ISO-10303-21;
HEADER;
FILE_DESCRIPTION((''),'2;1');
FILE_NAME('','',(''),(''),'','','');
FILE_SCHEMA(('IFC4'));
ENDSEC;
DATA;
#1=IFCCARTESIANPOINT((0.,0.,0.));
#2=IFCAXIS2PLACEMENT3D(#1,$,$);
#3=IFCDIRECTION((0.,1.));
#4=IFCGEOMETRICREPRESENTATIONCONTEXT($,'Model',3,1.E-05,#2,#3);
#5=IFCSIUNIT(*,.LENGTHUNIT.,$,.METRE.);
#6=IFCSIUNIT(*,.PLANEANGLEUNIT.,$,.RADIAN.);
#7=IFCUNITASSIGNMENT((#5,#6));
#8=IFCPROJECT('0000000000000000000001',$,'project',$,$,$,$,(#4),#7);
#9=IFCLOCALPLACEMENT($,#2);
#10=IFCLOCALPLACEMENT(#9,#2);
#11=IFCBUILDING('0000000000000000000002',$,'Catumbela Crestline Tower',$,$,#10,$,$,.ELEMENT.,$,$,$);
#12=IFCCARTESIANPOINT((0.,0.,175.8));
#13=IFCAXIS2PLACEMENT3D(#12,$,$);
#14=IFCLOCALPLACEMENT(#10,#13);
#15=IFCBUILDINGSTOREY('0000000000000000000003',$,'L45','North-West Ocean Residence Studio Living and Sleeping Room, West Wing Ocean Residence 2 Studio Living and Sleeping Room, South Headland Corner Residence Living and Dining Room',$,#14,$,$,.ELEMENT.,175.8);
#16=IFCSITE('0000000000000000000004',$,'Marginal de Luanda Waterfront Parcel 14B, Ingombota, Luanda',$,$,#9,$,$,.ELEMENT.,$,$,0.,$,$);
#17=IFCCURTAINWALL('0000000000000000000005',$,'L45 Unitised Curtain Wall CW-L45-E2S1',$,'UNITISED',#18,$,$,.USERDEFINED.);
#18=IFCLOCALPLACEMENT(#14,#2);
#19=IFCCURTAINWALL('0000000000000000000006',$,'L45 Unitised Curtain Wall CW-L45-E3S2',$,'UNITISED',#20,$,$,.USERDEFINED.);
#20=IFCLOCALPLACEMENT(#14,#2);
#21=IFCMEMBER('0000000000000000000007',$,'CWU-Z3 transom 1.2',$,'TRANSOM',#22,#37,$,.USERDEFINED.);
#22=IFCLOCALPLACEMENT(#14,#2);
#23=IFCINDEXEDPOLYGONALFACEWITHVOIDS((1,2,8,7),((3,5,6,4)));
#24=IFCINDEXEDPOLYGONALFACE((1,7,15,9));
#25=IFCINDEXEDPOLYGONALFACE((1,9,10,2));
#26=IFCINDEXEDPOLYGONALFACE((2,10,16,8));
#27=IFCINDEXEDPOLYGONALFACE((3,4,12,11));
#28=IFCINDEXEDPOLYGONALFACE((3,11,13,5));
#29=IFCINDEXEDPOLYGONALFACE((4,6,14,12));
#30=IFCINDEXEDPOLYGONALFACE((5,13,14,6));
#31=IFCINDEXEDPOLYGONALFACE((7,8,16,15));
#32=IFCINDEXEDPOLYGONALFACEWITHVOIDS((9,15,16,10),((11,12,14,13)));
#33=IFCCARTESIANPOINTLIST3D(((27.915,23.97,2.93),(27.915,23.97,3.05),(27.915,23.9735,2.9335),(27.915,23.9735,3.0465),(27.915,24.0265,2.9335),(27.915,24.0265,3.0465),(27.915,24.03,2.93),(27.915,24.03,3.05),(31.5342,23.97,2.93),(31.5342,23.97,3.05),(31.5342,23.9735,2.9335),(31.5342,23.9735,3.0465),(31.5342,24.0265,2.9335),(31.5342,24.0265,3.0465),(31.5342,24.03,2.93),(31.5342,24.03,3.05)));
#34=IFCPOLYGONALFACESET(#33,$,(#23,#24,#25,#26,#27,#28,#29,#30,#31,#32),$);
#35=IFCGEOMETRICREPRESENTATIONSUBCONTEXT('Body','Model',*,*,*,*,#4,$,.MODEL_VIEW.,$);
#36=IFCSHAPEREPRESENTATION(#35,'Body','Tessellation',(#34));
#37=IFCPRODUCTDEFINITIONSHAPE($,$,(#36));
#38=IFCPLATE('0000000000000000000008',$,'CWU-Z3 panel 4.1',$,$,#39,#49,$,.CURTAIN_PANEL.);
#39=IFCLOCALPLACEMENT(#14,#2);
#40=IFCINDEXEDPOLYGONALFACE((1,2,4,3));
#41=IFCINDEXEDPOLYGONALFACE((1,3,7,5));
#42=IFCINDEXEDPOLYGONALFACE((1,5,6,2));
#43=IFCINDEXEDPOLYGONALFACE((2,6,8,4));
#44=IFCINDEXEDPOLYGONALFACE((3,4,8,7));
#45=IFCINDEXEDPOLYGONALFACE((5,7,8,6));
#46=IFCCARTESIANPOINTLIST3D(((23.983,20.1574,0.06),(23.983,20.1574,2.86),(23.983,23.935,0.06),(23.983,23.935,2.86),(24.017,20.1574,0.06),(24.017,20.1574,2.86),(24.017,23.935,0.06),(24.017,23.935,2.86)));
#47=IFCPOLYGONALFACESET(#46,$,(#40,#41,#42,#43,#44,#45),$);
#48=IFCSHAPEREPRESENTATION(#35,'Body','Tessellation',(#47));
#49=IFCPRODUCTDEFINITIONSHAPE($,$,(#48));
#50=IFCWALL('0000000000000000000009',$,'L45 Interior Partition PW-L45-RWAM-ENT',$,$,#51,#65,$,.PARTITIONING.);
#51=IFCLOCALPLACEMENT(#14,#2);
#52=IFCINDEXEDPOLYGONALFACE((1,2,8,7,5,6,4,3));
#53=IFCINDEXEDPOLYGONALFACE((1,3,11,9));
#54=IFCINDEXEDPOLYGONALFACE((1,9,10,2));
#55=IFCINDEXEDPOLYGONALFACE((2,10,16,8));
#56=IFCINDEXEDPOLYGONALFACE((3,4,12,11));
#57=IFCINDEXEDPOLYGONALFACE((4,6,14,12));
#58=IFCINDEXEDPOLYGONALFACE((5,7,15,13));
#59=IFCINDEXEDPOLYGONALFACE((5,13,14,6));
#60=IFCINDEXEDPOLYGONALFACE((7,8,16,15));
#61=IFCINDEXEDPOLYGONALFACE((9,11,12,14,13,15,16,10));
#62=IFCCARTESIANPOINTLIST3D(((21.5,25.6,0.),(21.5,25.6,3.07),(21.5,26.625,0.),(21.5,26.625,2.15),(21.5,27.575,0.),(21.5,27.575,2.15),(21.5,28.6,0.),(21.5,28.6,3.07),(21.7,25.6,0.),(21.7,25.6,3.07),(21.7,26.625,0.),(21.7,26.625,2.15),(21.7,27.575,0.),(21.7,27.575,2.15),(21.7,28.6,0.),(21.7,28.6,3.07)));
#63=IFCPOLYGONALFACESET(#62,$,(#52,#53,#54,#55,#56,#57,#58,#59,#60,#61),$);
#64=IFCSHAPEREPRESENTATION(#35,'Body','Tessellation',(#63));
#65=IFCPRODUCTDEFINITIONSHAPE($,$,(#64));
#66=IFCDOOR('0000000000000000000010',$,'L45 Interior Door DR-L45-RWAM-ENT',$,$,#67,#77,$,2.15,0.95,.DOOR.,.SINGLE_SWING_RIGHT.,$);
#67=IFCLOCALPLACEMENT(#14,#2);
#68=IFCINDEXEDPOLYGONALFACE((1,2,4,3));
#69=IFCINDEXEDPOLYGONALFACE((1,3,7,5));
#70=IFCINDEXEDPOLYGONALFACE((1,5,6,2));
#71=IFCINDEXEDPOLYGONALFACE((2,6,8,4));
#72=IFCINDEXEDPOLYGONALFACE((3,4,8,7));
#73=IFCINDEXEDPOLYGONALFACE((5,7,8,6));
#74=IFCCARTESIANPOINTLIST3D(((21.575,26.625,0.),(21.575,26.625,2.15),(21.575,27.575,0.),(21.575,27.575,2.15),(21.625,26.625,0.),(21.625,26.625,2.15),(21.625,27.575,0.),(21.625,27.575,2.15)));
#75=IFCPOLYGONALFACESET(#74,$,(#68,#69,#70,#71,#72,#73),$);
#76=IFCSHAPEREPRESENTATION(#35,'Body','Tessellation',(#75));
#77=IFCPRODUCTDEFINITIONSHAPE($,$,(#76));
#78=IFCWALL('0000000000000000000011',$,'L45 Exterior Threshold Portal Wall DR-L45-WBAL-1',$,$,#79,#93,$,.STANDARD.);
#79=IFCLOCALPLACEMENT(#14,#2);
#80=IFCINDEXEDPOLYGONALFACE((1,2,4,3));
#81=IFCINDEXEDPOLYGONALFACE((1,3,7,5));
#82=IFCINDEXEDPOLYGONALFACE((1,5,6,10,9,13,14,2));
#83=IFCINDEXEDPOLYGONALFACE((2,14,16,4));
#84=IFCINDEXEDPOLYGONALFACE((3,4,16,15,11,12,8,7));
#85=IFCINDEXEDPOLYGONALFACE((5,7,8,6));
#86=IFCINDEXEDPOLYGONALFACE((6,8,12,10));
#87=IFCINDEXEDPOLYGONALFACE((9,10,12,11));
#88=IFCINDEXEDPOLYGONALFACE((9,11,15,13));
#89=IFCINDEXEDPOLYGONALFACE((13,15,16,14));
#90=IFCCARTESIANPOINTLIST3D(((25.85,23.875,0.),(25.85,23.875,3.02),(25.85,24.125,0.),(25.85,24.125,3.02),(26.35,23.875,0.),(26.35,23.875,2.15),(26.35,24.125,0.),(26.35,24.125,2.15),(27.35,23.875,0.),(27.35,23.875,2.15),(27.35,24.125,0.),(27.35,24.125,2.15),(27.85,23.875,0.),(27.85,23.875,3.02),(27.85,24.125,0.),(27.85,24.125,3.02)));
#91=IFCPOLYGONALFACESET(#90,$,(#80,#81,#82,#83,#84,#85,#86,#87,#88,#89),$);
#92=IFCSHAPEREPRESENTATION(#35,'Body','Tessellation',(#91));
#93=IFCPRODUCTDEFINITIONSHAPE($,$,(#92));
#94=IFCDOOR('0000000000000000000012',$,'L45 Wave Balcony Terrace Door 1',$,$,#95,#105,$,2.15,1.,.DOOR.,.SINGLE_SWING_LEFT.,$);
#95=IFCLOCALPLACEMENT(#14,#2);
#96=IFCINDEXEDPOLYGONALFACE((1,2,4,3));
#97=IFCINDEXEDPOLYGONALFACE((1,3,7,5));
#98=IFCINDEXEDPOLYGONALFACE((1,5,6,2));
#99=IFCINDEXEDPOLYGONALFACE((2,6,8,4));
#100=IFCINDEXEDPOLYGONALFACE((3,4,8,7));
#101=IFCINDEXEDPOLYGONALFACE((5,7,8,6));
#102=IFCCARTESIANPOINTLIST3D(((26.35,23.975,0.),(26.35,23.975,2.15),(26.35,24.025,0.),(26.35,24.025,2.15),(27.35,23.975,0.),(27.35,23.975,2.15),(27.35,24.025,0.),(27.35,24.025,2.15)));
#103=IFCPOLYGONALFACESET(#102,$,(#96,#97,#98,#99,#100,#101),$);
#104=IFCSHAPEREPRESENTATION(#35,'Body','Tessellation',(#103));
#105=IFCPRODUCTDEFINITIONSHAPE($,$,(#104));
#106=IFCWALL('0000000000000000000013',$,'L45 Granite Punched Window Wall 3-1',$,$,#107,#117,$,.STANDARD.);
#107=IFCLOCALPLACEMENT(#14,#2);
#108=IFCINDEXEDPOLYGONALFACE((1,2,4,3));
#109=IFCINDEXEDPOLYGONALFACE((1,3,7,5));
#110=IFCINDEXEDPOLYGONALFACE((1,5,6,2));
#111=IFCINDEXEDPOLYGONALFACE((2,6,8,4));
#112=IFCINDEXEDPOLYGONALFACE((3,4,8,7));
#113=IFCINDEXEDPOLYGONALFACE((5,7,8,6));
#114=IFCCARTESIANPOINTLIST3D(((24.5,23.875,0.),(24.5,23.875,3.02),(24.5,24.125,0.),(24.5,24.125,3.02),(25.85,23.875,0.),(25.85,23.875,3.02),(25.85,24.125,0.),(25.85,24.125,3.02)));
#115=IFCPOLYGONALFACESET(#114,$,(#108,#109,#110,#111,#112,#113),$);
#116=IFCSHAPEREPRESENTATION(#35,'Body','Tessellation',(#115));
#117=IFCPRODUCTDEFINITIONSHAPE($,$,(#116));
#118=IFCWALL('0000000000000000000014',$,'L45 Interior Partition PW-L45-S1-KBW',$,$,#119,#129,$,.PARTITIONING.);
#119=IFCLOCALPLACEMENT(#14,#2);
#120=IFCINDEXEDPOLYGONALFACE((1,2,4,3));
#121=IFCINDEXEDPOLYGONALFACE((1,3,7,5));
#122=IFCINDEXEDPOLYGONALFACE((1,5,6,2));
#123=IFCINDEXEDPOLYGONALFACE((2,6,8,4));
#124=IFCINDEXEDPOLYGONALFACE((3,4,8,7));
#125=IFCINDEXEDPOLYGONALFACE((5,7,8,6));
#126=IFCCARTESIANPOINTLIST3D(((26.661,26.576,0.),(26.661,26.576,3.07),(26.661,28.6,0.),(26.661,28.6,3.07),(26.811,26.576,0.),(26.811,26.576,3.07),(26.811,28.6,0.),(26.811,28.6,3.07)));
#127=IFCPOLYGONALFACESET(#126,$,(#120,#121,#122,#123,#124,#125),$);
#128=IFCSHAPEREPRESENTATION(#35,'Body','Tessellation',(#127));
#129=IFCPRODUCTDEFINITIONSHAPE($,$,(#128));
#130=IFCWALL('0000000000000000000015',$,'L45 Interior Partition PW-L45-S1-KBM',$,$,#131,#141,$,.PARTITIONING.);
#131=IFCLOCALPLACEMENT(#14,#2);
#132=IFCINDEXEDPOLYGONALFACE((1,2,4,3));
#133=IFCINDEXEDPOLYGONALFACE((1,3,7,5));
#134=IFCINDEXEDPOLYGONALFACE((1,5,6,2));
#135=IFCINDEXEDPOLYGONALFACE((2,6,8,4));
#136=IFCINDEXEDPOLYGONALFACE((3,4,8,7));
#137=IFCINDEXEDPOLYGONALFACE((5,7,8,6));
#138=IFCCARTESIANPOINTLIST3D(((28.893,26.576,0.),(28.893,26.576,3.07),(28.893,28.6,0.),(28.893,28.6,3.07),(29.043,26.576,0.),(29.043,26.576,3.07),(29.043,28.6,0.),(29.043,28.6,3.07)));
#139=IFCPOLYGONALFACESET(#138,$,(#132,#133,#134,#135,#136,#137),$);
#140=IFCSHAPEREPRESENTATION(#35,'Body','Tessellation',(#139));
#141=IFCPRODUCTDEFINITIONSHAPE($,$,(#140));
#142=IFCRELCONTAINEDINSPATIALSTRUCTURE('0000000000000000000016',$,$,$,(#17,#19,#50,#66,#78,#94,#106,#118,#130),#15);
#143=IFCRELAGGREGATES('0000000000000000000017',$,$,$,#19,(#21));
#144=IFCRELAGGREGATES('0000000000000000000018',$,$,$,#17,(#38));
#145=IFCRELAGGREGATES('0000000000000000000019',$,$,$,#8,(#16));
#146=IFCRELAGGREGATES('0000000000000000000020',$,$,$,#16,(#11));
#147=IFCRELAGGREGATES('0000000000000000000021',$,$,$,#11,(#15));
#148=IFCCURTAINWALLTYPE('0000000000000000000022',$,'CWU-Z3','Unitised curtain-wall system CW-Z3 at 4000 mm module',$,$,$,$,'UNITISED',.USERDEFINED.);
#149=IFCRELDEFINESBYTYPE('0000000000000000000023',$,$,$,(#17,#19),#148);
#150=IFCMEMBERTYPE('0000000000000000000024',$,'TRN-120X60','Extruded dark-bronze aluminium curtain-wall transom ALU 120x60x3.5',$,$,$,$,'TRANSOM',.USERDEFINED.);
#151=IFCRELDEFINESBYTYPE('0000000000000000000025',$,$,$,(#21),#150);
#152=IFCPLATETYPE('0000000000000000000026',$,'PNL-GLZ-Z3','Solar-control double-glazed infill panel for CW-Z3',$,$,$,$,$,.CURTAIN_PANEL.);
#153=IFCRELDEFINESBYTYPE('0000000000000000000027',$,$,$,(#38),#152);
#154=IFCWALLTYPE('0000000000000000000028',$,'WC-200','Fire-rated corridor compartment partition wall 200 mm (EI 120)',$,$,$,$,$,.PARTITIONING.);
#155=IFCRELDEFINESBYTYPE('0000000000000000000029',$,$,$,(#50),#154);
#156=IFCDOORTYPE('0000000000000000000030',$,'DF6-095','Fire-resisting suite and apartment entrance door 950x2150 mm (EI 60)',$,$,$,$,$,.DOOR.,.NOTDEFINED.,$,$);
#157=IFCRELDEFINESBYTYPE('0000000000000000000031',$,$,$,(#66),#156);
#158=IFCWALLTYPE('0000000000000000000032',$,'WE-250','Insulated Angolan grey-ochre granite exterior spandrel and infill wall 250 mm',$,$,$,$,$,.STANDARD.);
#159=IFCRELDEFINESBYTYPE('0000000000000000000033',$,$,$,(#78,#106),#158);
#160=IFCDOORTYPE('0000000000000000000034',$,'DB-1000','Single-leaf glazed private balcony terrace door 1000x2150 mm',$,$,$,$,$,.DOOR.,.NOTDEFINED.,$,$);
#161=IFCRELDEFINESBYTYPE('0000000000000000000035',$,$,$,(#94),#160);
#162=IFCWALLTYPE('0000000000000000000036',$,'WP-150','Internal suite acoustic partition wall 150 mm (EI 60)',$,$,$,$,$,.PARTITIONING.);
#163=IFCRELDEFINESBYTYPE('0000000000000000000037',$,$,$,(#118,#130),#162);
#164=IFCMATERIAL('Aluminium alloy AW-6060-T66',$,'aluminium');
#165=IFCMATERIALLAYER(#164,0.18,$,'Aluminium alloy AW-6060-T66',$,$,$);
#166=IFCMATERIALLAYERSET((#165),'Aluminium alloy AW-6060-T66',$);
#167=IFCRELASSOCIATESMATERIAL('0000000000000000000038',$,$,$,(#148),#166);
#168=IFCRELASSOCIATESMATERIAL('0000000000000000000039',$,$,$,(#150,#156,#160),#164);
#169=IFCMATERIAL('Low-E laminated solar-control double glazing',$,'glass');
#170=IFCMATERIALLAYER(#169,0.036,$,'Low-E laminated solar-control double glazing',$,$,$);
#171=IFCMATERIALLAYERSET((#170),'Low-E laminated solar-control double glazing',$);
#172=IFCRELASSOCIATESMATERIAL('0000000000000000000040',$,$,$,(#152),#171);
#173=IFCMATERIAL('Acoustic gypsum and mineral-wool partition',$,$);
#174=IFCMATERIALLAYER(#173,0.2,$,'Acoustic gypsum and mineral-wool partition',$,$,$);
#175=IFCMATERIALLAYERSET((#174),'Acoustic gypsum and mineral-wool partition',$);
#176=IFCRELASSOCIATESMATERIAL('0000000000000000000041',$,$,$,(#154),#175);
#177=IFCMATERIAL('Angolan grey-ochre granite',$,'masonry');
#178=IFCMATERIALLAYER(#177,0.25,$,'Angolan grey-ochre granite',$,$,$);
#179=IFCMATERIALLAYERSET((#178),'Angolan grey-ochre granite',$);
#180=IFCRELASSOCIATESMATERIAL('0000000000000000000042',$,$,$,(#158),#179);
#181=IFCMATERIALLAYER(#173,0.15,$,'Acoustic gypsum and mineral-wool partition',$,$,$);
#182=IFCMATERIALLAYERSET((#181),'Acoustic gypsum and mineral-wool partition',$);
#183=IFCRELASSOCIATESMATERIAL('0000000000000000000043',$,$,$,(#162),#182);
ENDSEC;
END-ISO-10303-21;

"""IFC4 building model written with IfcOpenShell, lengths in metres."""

from ifc_helpers import new_model, si_unit, direction, frame, frame_2d, origin, origin_2d, place, context, subcontext, project, spatial, rectangle, hollow_rectangle, extrude, material, layer, layer_set, material_profile, profile_set, type_object, element, fill, aggregate, save


model = new_model("IFC4")

# Units and contexts
model_context = context("Model", 3, precision=1e-05, world=origin(), true_north=direction((0.0, 1.0)))
body_context = subcontext(model_context, "Body", "Model", "MODEL_VIEW")
ifc_project = project(units=[si_unit("LENGTHUNIT", "METRE"), si_unit("PLANEANGLEUNIT", "RADIAN")], contexts=[model_context])

# Site, building, storey
site_placement = place(None, origin())
site = spatial("IfcSite", under=ifc_project, at=site_placement, Name="Marginal de Luanda Waterfront Parcel 14B, Ingombota, Luanda", CompositionType="ELEMENT", RefElevation=0.0)
building_placement = place(site_placement, origin())
building = spatial("IfcBuilding", under=site, at=building_placement, Name="Catumbela Crestline Tower", CompositionType="ELEMENT")
storey_placement = place(building_placement, frame((0.0, 0.0, 175.8)))
storey = spatial("IfcBuildingStorey", under=building, at=storey_placement, Name="L45", Description="North-West Ocean Residence Studio Living and Sleeping Room, West Wing Ocean Residence 2 Studio Living and Sleeping Room, South Headland Corner Residence Living and Dining Room", CompositionType="ELEMENT", Elevation=175.8)

# Curtain walls
ifc_material_1 = material(Name="Aluminium alloy AW-6060-T66", Category="aluminium")
ifc_layer_1 = layer(ifc_material_1, 0.18, Name="Aluminium alloy AW-6060-T66")
ifc_layer_set_1 = layer_set([ifc_layer_1], Name="Aluminium alloy AW-6060-T66")
curtain_wall_type = type_object("IfcCurtainWallType", Name="CWU-Z3", Description="Unitised curtain-wall system CW-Z3 at 4000 mm module", ElementType="UNITISED", PredefinedType="USERDEFINED", material=ifc_layer_set_1)
curtain_wall_1_placement = place(storey_placement, origin())
curtain_wall_1 = element("IfcCurtainWall", 1, at=curtain_wall_1_placement, inside=storey, type_object=curtain_wall_type, Name="L45 Unitised Curtain Wall CW-L45-E2S1", ObjectType="UNITISED", PredefinedType="USERDEFINED")
curtain_wall_2_placement = place(storey_placement, origin())
curtain_wall_2 = element("IfcCurtainWall", 2, at=curtain_wall_2_placement, inside=storey, type_object=curtain_wall_type, Name="L45 Unitised Curtain Wall CW-L45-E3S2", ObjectType="UNITISED", PredefinedType="USERDEFINED")

# Member
ifc_material_profile_1 = material_profile(ifc_material_1, hollow_rectangle(XDim=0.06, YDim=0.12, WallThickness=0.0035, at=origin_2d()), Name="ALU 120x60x3.5")
ifc_profile_set_1 = profile_set([ifc_material_profile_1], Name="Aluminium alloy AW-6060-T66")
member_type_1 = type_object("IfcMemberType", Name="TRN-120X60", Description="Extruded dark-bronze aluminium curtain-wall transom ALU 120x60x3.5", ElementType="TRANSOM", PredefinedType="USERDEFINED", material=ifc_profile_set_1)
member_1_placement = place(storey_placement, frame((27.915, 24.0, 2.99), z_axis=(1.0, 0.0, 0.0), x_axis=(0.0, 1.0, 0.0)))
member_1 = element("IfcMember", 3, at=member_1_placement, type_object=member_type_1, Name="CWU-Z3 transom 1.2", ObjectType="TRANSOM", PredefinedType="USERDEFINED", context=body_context, shape_type="SweptSolid", body=[
    extrude(hollow_rectangle(XDim=0.06, YDim=0.12, WallThickness=0.0035, at=origin_2d()), origin(), (0.0, 0.0, 1.0), 3.6192),
])
aggregate(curtain_wall_2, [member_1])

# Plate
ifc_material_2 = material(Name="Low-E laminated solar-control double glazing", Category="glass")
ifc_layer_2 = layer(ifc_material_2, 0.036, Name="Low-E laminated solar-control double glazing")
ifc_layer_set_2 = layer_set([ifc_layer_2], Name="Low-E laminated solar-control double glazing")
plate_type = type_object("IfcPlateType", Name="PNL-GLZ-Z3", Description="Solar-control double-glazed infill panel for CW-Z3", PredefinedType="CURTAIN_PANEL", material=ifc_layer_set_2)
plate_placement = place(storey_placement, frame((24.0, 22.0462, 0.06), z_axis=(0.0, 0.0, 1.0), x_axis=(0.0, 1.0, 0.0)))
plate = element("IfcPlate", 4, at=plate_placement, type_object=plate_type, Name="CWU-Z3 panel 4.1", PredefinedType="CURTAIN_PANEL", context=body_context, shape_type="SweptSolid", body=[
    extrude(rectangle(XDim=3.7775, YDim=0.034, at=origin_2d()), origin(), (0.0, 0.0, 1.0), 2.8),
])
aggregate(curtain_wall_1, [plate])

# Walls, openings, doors
ifc_material_3 = material(Name="Acoustic gypsum and mineral-wool partition")
ifc_layer_3 = layer(ifc_material_3, 0.2, Name="Acoustic gypsum and mineral-wool partition")
ifc_layer_set_3 = layer_set([ifc_layer_3], Name="Acoustic gypsum and mineral-wool partition")
wall_type_1 = type_object("IfcWallType", Name="WC-200", Description="Fire-rated corridor compartment partition wall 200 mm (EI 120)", PredefinedType="PARTITIONING", material=ifc_layer_set_3)
wall_1_placement = place(storey_placement, frame((21.6, 25.6, 0.0), z_axis=(0.0, 0.0, 1.0), x_axis=(0.0, 1.0, 0.0)))
wall_1 = element("IfcWall", 5, at=wall_1_placement, inside=storey, type_object=wall_type_1, Name="L45 Interior Partition PW-L45-RWAM-ENT", PredefinedType="PARTITIONING", context=body_context, shape_type="SweptSolid", body=[
    extrude(rectangle(XDim=3.0, YDim=0.2, at=frame_2d((1.5, 0.0))), origin(), (0.0, 0.0, 1.0), 3.07),
])
opening_1_placement = place(wall_1_placement, frame((1.025, 0.0, 0.0)))
opening_1 = element("IfcOpeningElement", 6, at=opening_1_placement, cuts=wall_1, PredefinedType="OPENING", context=body_context, shape_type="SweptSolid", body=[
    extrude(rectangle(XDim=0.95, YDim=2.15, at=frame_2d((0.475, 1.075))), frame((0.0, 0.11, 0.0), z_axis=(0.0, -1.0, 0.0), x_axis=(1.0, 0.0, 0.0)), (0.0, 0.0, 1.0), 0.22),
])
door_type_1 = type_object("IfcDoorType", Name="DF6-095", Description="Fire-resisting suite and apartment entrance door 950x2150 mm (EI 60)", OperationType="NOTDEFINED", PredefinedType="DOOR", material=ifc_material_1)
door_1_placement = place(opening_1_placement, origin())
door_1 = element("IfcDoor", 7, at=door_1_placement, inside=storey, type_object=door_type_1, Name="L45 Interior Door DR-L45-RWAM-ENT", OperationType="SINGLE_SWING_RIGHT", OverallHeight=2.15, OverallWidth=0.95, PredefinedType="DOOR", context=body_context, shape_type="SweptSolid", body=[
    extrude(rectangle(XDim=0.95, YDim=2.15, at=frame_2d((0.475, 1.075))), frame((0.0, 0.025, 0.0), z_axis=(0.0, -1.0, 0.0), x_axis=(1.0, 0.0, 0.0)), (0.0, 0.0, 1.0), 0.05),
])
fill(opening_1, door_1)
ifc_material_4 = material(Name="Angolan grey-ochre granite", Category="masonry")
ifc_layer_4 = layer(ifc_material_4, 0.25, Name="Angolan grey-ochre granite")
ifc_layer_set_4 = layer_set([ifc_layer_4], Name="Angolan grey-ochre granite")
wall_type_2 = type_object("IfcWallType", Name="WE-250", Description="Insulated Angolan grey-ochre granite exterior spandrel and infill wall 250 mm", PredefinedType="STANDARD", material=ifc_layer_set_4)
wall_2_placement = place(storey_placement, frame((25.85, 24.0, 0.0), z_axis=(0.0, 0.0, 1.0), x_axis=(1.0, 0.0, 0.0)))
wall_2 = element("IfcWall", 8, at=wall_2_placement, inside=storey, type_object=wall_type_2, Name="L45 Exterior Threshold Portal Wall DR-L45-WBAL-1", PredefinedType="STANDARD", context=body_context, shape_type="SweptSolid", body=[
    extrude(rectangle(XDim=2.0, YDim=0.25, at=frame_2d((1.0, 0.0))), origin(), (0.0, 0.0, 1.0), 3.02),
])
opening_2_placement = place(wall_2_placement, frame((0.5, 0.0, 0.0)))
opening_2 = element("IfcOpeningElement", 9, at=opening_2_placement, cuts=wall_2, PredefinedType="OPENING", context=body_context, shape_type="SweptSolid", body=[
    extrude(rectangle(XDim=1.0, YDim=2.15, at=frame_2d((0.5, 1.075))), frame((0.0, 0.135, 0.0), z_axis=(0.0, -1.0, 0.0), x_axis=(1.0, 0.0, 0.0)), (0.0, 0.0, 1.0), 0.27),
])
door_type_2 = type_object("IfcDoorType", Name="DB-1000", Description="Single-leaf glazed private balcony terrace door 1000x2150 mm", OperationType="NOTDEFINED", PredefinedType="DOOR", material=ifc_material_1)
door_2_placement = place(opening_2_placement, origin())
door_2 = element("IfcDoor", 10, at=door_2_placement, inside=storey, type_object=door_type_2, Name="L45 Wave Balcony Terrace Door 1", OperationType="SINGLE_SWING_LEFT", OverallHeight=2.15, OverallWidth=1.0, PredefinedType="DOOR", context=body_context, shape_type="SweptSolid", body=[
    extrude(rectangle(XDim=1.0, YDim=2.15, at=frame_2d((0.5, 1.075))), frame((0.0, 0.025, 0.0), z_axis=(0.0, -1.0, 0.0), x_axis=(1.0, 0.0, 0.0)), (0.0, 0.0, 1.0), 0.05),
])
fill(opening_2, door_2)

# Walls
wall_3_placement = place(storey_placement, frame((24.5, 24.0, 0.0), z_axis=(0.0, 0.0, 1.0), x_axis=(1.0, 0.0, 0.0)))
element("IfcWall", 11, at=wall_3_placement, inside=storey, type_object=wall_type_2, Name="L45 Granite Punched Window Wall 3-1", PredefinedType="STANDARD", context=body_context, shape_type="SweptSolid", body=[
    extrude(rectangle(XDim=1.35, YDim=0.25, at=frame_2d((0.675, 0.0))), origin(), (0.0, 0.0, 1.0), 3.02),
])
ifc_layer_5 = layer(ifc_material_3, 0.15, Name="Acoustic gypsum and mineral-wool partition")
ifc_layer_set_5 = layer_set([ifc_layer_5], Name="Acoustic gypsum and mineral-wool partition")
wall_type_3 = type_object("IfcWallType", Name="WP-150", Description="Internal suite acoustic partition wall 150 mm (EI 60)", PredefinedType="PARTITIONING", material=ifc_layer_set_5)
for number, where, z_axis, x_axis, name in (
    (12, (26.736, 26.576, 0.0), (0.0, 0.0, 1.0), (0.0, 1.0, 0.0), "L45 Interior Partition PW-L45-S1-KBW"),
    (13, (28.968, 26.576, 0.0), (0.0, 0.0, 1.0), (0.0, 1.0, 0.0), "L45 Interior Partition PW-L45-S1-KBM"),
):
    element("IfcWall", number, at=place(storey_placement, frame(where, z_axis=z_axis, x_axis=x_axis)), inside=storey, type_object=wall_type_3, Name=name, PredefinedType="PARTITIONING", context=body_context, shape_type="SweptSolid", body=[
        extrude(rectangle(XDim=2.024, YDim=0.15, at=frame_2d((1.012, 0.0))), origin(), (0.0, 0.0, 1.0), 3.07),
    ])

save(model, "model.ifc")
